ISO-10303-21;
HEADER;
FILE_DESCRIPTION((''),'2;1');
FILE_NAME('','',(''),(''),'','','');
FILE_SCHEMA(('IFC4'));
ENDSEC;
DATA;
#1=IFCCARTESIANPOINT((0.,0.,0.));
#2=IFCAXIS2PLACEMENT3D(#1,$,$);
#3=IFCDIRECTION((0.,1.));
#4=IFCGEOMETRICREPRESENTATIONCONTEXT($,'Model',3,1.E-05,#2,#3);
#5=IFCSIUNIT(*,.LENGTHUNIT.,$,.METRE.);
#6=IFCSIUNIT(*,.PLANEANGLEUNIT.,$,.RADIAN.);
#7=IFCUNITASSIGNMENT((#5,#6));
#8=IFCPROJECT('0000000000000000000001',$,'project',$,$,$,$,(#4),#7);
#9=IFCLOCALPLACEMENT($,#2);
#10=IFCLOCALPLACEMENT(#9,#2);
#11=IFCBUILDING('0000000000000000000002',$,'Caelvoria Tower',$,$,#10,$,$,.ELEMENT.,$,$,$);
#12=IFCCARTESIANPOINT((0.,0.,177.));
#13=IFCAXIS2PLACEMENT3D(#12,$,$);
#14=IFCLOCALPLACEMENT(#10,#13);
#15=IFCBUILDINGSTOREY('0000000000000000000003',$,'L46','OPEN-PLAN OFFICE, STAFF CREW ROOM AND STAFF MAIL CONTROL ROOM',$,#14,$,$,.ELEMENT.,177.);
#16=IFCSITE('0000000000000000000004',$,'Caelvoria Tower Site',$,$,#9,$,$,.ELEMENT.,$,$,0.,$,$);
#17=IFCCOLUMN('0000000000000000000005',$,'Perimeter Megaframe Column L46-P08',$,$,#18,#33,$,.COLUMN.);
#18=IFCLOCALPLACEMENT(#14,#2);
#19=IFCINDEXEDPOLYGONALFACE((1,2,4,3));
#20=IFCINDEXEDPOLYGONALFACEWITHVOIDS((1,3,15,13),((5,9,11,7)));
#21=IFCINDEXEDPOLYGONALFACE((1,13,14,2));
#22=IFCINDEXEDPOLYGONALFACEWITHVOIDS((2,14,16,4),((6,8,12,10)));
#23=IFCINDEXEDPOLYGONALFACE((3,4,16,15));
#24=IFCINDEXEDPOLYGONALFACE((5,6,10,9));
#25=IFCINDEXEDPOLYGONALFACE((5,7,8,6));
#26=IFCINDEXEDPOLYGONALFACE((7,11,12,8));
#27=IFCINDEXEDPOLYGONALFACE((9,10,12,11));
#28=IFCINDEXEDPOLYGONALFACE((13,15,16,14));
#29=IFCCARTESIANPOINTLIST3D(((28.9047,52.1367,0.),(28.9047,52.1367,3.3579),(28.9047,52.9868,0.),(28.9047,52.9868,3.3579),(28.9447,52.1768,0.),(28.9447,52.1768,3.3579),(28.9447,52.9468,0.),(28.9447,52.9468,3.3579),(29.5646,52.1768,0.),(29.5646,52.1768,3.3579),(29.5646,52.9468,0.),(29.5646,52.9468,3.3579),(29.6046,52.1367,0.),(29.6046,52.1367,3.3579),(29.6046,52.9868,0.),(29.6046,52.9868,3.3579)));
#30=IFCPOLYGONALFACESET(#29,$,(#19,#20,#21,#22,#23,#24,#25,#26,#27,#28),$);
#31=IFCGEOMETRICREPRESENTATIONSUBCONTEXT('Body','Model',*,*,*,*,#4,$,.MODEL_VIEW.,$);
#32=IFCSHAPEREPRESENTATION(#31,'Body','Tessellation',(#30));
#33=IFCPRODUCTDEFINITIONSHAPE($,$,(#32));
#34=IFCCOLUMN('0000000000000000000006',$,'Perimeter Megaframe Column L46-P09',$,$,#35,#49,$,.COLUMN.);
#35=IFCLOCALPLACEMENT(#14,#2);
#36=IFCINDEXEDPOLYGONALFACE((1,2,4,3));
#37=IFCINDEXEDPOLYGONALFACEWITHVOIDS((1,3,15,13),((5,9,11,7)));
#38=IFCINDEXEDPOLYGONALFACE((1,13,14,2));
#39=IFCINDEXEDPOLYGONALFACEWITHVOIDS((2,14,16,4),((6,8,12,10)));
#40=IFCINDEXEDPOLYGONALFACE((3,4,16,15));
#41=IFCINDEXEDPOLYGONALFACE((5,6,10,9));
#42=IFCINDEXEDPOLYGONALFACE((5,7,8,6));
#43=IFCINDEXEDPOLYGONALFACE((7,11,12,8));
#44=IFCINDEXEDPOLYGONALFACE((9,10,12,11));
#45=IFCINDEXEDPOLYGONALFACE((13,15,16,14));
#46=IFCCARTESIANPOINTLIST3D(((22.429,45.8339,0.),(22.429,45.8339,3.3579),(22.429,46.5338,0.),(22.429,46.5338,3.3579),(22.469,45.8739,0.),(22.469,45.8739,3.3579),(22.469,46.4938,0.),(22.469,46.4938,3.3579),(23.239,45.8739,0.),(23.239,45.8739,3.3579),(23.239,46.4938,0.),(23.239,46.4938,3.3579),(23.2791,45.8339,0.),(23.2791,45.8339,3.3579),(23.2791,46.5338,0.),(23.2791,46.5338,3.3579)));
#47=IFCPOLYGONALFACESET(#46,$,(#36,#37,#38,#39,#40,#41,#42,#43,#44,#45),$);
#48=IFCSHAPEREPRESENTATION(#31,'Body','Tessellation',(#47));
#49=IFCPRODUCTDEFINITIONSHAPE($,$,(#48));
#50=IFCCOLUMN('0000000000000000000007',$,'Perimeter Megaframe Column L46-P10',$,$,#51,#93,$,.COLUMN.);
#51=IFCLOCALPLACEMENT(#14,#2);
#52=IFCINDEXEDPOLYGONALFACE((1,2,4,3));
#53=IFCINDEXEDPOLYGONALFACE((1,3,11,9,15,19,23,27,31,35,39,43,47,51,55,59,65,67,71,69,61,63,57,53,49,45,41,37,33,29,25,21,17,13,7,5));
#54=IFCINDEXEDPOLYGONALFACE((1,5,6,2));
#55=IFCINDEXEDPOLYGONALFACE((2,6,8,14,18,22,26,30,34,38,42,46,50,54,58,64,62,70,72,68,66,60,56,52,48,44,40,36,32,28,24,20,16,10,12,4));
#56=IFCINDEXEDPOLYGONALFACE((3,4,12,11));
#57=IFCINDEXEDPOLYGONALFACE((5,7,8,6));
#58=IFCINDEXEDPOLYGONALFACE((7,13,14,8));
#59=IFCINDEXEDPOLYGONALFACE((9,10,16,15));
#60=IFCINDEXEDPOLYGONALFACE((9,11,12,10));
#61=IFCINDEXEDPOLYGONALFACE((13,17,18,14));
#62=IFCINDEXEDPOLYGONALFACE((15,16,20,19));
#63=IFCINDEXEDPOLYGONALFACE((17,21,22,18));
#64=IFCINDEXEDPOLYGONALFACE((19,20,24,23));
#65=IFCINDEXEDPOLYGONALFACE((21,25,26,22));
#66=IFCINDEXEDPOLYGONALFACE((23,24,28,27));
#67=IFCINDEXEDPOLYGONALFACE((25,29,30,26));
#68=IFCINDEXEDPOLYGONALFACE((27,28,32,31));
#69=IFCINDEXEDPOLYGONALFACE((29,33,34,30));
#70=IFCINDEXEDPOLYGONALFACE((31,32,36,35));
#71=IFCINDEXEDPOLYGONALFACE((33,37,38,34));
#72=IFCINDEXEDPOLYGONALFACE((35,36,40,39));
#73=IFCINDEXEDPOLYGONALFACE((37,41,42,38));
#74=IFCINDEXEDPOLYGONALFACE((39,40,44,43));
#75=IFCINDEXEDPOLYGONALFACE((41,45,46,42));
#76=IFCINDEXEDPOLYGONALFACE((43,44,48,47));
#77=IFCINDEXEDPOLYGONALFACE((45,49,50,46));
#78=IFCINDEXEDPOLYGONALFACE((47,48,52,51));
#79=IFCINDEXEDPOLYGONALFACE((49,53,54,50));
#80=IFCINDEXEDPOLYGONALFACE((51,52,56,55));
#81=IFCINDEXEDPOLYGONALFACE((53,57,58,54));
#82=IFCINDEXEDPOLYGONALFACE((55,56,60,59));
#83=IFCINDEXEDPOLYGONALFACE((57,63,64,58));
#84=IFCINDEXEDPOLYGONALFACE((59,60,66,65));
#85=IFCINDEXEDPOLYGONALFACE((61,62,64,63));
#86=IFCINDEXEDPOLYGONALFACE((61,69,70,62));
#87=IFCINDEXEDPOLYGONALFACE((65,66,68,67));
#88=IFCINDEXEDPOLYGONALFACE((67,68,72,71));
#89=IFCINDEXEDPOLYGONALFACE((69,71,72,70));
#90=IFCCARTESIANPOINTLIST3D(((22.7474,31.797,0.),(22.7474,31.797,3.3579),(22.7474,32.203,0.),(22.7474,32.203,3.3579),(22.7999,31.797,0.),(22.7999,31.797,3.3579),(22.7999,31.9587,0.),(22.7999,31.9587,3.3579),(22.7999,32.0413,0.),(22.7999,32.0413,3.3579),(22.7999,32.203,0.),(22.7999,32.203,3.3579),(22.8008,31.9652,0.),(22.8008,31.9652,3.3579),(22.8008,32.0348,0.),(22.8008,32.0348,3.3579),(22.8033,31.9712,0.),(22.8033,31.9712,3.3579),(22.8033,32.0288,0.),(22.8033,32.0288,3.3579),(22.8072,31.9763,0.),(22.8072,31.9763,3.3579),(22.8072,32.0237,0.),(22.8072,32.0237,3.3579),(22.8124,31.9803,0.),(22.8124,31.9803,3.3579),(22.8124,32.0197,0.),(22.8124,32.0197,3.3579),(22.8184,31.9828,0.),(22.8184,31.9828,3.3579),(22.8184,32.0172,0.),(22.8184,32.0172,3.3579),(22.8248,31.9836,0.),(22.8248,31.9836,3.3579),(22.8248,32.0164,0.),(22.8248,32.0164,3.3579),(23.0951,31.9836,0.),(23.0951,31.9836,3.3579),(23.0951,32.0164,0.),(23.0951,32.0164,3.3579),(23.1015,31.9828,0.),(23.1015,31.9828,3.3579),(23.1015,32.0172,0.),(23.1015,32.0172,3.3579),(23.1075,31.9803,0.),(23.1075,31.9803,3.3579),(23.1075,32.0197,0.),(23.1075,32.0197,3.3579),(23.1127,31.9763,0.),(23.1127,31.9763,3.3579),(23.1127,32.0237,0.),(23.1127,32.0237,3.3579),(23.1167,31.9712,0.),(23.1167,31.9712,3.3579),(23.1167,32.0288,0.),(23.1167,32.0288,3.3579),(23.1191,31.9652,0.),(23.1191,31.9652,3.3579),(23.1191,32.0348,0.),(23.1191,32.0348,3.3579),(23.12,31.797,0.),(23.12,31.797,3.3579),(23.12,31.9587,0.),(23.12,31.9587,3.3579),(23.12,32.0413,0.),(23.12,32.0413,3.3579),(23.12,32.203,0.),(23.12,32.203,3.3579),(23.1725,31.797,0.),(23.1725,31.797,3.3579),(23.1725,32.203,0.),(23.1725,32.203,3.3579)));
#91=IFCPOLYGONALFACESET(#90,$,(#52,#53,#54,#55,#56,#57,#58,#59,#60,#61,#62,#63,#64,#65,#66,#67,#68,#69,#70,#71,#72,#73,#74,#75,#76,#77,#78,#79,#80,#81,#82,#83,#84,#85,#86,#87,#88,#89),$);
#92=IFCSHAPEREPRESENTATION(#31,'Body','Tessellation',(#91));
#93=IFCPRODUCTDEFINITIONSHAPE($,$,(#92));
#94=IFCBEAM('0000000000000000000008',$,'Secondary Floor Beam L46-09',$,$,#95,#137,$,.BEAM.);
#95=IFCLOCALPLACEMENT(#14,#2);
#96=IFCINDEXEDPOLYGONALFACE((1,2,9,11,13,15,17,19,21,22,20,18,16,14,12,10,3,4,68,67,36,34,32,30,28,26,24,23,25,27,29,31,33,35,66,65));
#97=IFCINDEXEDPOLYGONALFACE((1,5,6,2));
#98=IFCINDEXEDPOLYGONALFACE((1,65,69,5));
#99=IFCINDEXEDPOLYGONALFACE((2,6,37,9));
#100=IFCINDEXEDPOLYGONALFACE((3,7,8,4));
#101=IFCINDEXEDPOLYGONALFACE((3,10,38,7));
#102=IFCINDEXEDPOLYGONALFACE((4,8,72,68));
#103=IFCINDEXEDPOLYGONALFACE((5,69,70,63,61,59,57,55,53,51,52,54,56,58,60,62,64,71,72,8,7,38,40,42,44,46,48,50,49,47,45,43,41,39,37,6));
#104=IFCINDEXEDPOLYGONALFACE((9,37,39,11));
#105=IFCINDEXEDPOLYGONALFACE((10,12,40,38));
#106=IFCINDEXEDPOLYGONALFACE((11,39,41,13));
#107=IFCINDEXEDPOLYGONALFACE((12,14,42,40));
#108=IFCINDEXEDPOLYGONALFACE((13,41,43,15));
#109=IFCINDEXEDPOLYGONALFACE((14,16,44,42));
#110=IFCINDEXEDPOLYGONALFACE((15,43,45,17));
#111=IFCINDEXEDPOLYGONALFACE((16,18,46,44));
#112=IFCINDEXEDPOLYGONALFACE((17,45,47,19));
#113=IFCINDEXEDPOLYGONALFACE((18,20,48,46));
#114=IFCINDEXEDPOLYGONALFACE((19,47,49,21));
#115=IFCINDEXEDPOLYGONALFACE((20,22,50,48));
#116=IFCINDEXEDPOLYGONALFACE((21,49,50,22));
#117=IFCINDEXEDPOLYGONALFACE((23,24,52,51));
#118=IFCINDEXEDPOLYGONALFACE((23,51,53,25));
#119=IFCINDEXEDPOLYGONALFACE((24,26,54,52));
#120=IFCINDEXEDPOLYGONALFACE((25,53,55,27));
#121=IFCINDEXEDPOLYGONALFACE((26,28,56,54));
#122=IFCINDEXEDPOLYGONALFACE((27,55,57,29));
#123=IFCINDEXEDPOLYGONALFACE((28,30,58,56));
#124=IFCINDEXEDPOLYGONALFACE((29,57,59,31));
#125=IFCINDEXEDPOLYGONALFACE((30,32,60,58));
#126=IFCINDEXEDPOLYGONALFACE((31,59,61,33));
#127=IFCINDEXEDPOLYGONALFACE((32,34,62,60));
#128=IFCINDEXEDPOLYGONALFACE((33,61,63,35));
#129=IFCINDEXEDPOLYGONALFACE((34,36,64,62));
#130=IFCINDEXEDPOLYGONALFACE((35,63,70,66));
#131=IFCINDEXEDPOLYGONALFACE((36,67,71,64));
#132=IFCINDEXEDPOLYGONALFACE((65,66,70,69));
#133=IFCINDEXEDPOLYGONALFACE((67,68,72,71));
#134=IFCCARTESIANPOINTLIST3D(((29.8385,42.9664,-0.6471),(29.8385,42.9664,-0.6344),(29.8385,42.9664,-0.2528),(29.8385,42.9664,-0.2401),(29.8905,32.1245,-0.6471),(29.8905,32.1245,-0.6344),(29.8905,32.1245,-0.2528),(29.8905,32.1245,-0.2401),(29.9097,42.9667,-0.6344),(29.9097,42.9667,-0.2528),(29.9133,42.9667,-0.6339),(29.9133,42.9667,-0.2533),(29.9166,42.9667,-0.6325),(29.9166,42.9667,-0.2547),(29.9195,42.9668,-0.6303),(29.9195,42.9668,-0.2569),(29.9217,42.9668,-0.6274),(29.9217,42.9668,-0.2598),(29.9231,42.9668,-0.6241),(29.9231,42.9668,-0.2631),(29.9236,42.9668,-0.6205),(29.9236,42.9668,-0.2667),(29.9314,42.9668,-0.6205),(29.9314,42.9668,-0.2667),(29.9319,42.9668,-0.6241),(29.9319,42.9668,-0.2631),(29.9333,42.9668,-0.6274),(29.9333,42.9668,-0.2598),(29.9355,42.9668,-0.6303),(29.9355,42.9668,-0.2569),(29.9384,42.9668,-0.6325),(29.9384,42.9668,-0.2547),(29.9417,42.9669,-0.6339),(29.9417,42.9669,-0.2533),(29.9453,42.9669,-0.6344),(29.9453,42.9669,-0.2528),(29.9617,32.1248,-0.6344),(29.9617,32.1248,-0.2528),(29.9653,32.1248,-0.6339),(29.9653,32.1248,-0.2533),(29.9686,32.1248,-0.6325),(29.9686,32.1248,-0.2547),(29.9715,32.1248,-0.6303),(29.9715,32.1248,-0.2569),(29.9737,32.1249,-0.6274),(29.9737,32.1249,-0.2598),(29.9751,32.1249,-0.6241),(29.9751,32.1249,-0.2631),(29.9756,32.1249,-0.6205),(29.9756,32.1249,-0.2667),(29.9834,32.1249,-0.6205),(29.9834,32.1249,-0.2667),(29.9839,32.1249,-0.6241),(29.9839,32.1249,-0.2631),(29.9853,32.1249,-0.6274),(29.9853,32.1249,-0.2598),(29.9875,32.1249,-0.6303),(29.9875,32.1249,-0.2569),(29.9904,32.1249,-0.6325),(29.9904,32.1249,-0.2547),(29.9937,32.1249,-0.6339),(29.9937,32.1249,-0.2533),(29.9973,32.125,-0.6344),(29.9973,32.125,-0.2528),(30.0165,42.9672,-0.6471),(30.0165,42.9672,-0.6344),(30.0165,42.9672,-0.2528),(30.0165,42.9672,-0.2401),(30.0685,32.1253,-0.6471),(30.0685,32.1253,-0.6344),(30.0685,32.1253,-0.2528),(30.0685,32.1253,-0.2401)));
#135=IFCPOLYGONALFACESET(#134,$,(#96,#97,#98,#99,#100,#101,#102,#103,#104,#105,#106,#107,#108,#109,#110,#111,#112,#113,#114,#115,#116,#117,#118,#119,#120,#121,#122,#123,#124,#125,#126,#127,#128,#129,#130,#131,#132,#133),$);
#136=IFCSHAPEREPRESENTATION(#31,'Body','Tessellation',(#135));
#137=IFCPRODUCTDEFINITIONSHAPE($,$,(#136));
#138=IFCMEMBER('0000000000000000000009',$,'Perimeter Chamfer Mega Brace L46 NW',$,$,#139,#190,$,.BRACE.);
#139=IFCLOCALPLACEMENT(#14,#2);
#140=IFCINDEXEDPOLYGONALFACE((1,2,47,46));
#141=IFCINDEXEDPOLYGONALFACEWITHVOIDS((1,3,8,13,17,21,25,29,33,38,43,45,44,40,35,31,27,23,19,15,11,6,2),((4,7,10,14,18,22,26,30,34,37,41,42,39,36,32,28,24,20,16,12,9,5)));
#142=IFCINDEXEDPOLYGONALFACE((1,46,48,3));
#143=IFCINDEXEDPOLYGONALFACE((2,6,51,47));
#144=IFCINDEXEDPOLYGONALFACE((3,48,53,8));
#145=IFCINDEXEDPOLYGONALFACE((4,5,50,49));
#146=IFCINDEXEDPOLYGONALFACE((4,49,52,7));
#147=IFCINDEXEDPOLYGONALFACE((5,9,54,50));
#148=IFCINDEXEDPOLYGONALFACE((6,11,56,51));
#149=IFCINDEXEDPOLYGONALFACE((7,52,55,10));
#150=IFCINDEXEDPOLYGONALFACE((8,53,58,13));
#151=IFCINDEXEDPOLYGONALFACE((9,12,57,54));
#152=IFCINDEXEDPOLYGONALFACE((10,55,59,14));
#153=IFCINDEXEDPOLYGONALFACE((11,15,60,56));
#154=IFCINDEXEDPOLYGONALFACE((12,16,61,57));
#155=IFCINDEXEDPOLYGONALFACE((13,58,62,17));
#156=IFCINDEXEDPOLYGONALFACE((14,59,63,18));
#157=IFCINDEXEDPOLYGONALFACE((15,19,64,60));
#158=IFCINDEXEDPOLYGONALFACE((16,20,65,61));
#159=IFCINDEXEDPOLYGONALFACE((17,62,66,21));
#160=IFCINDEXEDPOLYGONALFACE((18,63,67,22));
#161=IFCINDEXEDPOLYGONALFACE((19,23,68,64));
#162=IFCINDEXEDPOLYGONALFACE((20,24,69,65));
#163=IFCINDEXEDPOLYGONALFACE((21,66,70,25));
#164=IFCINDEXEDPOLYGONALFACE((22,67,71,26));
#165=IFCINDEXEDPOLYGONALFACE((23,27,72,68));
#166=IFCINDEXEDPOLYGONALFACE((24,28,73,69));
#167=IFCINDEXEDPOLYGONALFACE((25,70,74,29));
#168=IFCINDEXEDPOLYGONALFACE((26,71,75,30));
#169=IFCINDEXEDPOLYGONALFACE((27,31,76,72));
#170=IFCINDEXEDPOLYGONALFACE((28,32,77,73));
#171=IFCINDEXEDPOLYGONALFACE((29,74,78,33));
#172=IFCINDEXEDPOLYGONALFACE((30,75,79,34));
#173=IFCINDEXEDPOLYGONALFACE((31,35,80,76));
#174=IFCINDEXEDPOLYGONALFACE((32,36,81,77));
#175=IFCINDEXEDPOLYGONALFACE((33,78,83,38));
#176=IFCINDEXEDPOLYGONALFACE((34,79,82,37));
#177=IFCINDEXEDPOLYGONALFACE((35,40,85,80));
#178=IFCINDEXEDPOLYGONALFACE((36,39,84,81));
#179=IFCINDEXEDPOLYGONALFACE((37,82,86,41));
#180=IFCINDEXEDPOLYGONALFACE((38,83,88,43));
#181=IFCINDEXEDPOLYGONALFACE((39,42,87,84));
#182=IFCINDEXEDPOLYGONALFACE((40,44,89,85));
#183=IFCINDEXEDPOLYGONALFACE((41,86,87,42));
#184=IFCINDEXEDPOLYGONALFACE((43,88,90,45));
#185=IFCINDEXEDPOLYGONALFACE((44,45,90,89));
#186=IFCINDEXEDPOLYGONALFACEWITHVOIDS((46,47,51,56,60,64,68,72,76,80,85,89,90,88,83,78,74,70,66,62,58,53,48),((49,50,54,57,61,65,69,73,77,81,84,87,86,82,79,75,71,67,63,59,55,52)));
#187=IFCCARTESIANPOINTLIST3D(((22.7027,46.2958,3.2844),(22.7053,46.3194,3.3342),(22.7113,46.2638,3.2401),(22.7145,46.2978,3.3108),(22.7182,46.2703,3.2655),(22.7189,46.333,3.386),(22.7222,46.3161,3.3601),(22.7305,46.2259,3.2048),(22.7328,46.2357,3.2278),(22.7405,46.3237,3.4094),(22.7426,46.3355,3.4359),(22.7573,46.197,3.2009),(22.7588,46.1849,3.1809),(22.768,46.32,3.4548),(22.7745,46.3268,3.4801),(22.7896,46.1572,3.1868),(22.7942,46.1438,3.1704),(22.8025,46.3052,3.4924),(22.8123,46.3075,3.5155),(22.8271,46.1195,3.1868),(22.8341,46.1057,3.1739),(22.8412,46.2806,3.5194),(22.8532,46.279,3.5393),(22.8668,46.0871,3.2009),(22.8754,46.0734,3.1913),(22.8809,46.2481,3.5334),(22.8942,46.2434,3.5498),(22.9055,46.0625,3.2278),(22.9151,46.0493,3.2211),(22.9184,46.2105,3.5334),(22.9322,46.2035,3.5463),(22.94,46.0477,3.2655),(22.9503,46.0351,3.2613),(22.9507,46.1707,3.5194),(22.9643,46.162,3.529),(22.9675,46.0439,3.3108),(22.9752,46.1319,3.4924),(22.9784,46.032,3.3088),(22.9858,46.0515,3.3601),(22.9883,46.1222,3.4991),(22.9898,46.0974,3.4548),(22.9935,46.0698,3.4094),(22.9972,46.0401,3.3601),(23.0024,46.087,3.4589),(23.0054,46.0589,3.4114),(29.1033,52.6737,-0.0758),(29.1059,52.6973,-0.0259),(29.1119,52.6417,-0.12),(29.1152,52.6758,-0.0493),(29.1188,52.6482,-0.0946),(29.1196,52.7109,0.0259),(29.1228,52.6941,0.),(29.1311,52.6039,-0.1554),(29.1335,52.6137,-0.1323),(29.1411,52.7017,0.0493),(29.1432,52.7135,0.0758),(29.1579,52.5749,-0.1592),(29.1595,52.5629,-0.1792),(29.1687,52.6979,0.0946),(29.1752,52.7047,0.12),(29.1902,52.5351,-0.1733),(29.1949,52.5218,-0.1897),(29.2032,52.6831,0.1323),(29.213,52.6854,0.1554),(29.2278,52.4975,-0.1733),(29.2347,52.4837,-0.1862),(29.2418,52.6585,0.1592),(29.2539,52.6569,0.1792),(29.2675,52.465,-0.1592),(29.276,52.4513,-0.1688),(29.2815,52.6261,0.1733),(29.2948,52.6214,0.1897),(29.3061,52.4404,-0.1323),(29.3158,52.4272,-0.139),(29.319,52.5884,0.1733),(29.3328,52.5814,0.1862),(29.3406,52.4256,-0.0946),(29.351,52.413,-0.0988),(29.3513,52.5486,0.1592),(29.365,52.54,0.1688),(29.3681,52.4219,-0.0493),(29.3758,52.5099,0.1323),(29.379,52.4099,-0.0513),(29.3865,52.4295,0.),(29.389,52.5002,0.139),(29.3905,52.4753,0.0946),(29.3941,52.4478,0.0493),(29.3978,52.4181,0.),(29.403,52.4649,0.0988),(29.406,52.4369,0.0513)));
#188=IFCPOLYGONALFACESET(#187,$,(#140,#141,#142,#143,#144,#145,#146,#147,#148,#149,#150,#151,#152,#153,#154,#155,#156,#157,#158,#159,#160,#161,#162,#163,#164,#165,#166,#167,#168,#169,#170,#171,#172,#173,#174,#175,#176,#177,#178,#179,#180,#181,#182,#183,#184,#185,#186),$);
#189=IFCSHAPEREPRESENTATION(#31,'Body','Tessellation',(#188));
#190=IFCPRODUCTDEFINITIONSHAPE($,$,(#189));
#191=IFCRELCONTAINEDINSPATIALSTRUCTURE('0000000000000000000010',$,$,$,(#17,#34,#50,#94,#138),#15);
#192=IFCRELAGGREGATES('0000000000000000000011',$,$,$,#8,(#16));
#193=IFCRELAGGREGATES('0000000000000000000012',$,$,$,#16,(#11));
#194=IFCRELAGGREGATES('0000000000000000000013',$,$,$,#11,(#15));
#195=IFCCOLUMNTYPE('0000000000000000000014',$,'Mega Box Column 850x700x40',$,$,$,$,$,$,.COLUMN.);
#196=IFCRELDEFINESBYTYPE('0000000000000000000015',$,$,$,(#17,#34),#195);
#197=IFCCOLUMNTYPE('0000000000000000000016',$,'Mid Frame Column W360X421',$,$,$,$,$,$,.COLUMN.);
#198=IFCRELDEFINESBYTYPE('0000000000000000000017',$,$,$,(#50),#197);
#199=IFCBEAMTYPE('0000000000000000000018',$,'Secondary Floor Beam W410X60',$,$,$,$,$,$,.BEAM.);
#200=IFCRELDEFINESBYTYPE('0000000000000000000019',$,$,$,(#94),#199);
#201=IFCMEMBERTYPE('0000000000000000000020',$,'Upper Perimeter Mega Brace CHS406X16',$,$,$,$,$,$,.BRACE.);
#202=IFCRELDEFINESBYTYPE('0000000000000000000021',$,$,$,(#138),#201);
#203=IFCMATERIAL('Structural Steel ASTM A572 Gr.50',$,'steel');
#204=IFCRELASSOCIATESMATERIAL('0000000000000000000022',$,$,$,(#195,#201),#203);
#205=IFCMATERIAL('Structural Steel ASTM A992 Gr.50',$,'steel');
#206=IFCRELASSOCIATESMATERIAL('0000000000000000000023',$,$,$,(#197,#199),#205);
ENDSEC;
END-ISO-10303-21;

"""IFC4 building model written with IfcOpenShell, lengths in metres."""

from ifc_helpers import new_model, si_unit, direction, frame, origin, origin_2d, place, context, subcontext, project, spatial, hollow_rectangle, hollow_circle, i_section, extrude, material, material_profile, profile_set, type_object, element, save


model = new_model("IFC4")

# Units and contexts
model_context = context("Model", 3, precision=1e-05, world=origin(), true_north=direction((0.0, 1.0)))
body_context = subcontext(model_context, "Body", "Model", "MODEL_VIEW")
ifc_project = project(units=[si_unit("LENGTHUNIT", "METRE"), si_unit("PLANEANGLEUNIT", "RADIAN")], contexts=[model_context])

# Site, building, storey
site_placement = place(None, origin())
site = spatial("IfcSite", under=ifc_project, at=site_placement, Name="Caelvoria Tower Site", CompositionType="ELEMENT", RefElevation=0.0)
building_placement = place(site_placement, origin())
building = spatial("IfcBuilding", under=site, at=building_placement, Name="Caelvoria Tower", CompositionType="ELEMENT")
storey_placement = place(building_placement, frame((0.0, 0.0, 177.0)))
storey = spatial("IfcBuildingStorey", under=building, at=storey_placement, Name="L46", Description="OPEN-PLAN OFFICE, STAFF CREW ROOM AND STAFF MAIL CONTROL ROOM", CompositionType="ELEMENT", Elevation=177.0)

# Columns
ifc_material_1 = material(Name="Structural Steel ASTM A572 Gr.50", Category="steel")
ifc_material_profile_1 = material_profile(ifc_material_1, hollow_rectangle(XDim=0.7, YDim=0.8501, WallThickness=0.04, at=origin_2d()), Name="Structural Steel ASTM A572 Gr.50")
ifc_profile_set_1 = profile_set([ifc_material_profile_1], Name="BOX850X700X40 - Structural Steel ASTM A572 Gr.50")
column_type_1 = type_object("IfcColumnType", Name="Mega Box Column 850x700x40", PredefinedType="COLUMN", material=ifc_profile_set_1)
for number, where, z_axis, x_axis, name in (
    (1, (29.2546, 52.5618, 0.0), (0.0, 0.0, 1.0), (1.0, 0.0, 0.0), "Perimeter Megaframe Column L46-P08"),
    (2, (22.854, 46.1838, 0.0), (0.0, 0.0, 1.0), (0.0, 1.0, 0.0), "Perimeter Megaframe Column L46-P09"),
):
    element("IfcColumn", number, at=place(storey_placement, frame(where, z_axis=z_axis, x_axis=x_axis)), inside=storey, type_object=column_type_1, Name=name, PredefinedType="COLUMN", context=body_context, shape_type="SweptSolid", body=[
        extrude(hollow_rectangle(XDim=0.7, YDim=0.8501, WallThickness=0.04, at=origin_2d()), origin(), (0.0, 0.0, 1.0), 3.3579),
    ])
ifc_material_2 = material(Name="Structural Steel ASTM A992 Gr.50", Category="steel")
ifc_material_profile_2 = material_profile(ifc_material_2, i_section(OverallWidth=0.406, OverallDepth=0.425, WebThickness=0.0327, FlangeThickness=0.0525, FilletRadius=0.0249, at=origin_2d()), Name="Structural Steel ASTM A992 Gr.50")
ifc_profile_set_2 = profile_set([ifc_material_profile_2], Name="W360X421 - Structural Steel ASTM A992 Gr.50")
column_type_2 = type_object("IfcColumnType", Name="Mid Frame Column W360X421", PredefinedType="COLUMN", material=ifc_profile_set_2)
column_placement = place(storey_placement, frame((22.96, 32.0, 0.0), z_axis=(0.0, 0.0, 1.0), x_axis=(0.0, 1.0, 0.0)))
element("IfcColumn", 3, at=column_placement, inside=storey, type_object=column_type_2, Name="Perimeter Megaframe Column L46-P10", PredefinedType="COLUMN", context=body_context, shape_type="SweptSolid", body=[
    extrude(i_section(OverallWidth=0.406, OverallDepth=0.425, WebThickness=0.0327, FlangeThickness=0.0525, FilletRadius=0.0249, at=origin_2d()), origin(), (0.0, 0.0, 1.0), 3.3579),
])

# Beam
ifc_material_profile_3 = material_profile(ifc_material_2, i_section(OverallWidth=0.178, OverallDepth=0.407, WebThickness=0.0078, FlangeThickness=0.0127, FilletRadius=0.0139, at=origin_2d()), Name="Structural Steel ASTM A992 Gr.50")
ifc_profile_set_3 = profile_set([ifc_material_profile_3], Name="W410X60 - Structural Steel ASTM A992 Gr.50")
beam_type_1 = type_object("IfcBeamType", Name="Secondary Floor Beam W410X60", PredefinedType="BEAM", material=ifc_profile_set_3)
beam_1_placement = place(storey_placement, frame((29.9275, 42.9668, -0.4436), z_axis=(0.004796, -0.999988, 0.0), x_axis=(0.999988, 0.004796, 0.0)))
element("IfcBeam", 4, at=beam_1_placement, inside=storey, type_object=beam_type_1, Name="Secondary Floor Beam L46-09", PredefinedType="BEAM", context=body_context, shape_type="SweptSolid", body=[
    extrude(i_section(OverallWidth=0.178, OverallDepth=0.407, WebThickness=0.0078, FlangeThickness=0.0127, FilletRadius=0.0139, at=origin_2d()), origin(), (0.0, 0.0, 1.0), 10.842),
])

# Member
ifc_material_profile_4 = material_profile(ifc_material_1, hollow_circle(Radius=0.2029, WallThickness=0.0161, at=origin_2d()), Name="Structural Steel ASTM A572 Gr.50")
ifc_profile_set_4 = profile_set([ifc_material_profile_4], Name="CHS406X16 - Structural Steel ASTM A572 Gr.50")
member_type = type_object("IfcMemberType", Name="Upper Perimeter Mega Brace CHS406X16", PredefinedType="BRACE", material=ifc_profile_set_4)
member_placement = place(storey_placement, frame((29.2546, 52.5618, 0.0), z_axis=(-0.663942, -0.661587, 0.348546), x_axis=(0.705849, -0.708362, 0.0)))
element("IfcMember", 5, at=member_placement, inside=storey, type_object=member_type, Name="Perimeter Chamfer Mega Brace L46 NW", PredefinedType="BRACE", context=body_context, shape_type="SweptSolid", body=[
    extrude(hollow_circle(Radius=0.2029, WallThickness=0.0161, at=origin_2d()), origin(), (0.0, 0.0, 1.0), 9.6404),
])

save(model, "model.ifc")
